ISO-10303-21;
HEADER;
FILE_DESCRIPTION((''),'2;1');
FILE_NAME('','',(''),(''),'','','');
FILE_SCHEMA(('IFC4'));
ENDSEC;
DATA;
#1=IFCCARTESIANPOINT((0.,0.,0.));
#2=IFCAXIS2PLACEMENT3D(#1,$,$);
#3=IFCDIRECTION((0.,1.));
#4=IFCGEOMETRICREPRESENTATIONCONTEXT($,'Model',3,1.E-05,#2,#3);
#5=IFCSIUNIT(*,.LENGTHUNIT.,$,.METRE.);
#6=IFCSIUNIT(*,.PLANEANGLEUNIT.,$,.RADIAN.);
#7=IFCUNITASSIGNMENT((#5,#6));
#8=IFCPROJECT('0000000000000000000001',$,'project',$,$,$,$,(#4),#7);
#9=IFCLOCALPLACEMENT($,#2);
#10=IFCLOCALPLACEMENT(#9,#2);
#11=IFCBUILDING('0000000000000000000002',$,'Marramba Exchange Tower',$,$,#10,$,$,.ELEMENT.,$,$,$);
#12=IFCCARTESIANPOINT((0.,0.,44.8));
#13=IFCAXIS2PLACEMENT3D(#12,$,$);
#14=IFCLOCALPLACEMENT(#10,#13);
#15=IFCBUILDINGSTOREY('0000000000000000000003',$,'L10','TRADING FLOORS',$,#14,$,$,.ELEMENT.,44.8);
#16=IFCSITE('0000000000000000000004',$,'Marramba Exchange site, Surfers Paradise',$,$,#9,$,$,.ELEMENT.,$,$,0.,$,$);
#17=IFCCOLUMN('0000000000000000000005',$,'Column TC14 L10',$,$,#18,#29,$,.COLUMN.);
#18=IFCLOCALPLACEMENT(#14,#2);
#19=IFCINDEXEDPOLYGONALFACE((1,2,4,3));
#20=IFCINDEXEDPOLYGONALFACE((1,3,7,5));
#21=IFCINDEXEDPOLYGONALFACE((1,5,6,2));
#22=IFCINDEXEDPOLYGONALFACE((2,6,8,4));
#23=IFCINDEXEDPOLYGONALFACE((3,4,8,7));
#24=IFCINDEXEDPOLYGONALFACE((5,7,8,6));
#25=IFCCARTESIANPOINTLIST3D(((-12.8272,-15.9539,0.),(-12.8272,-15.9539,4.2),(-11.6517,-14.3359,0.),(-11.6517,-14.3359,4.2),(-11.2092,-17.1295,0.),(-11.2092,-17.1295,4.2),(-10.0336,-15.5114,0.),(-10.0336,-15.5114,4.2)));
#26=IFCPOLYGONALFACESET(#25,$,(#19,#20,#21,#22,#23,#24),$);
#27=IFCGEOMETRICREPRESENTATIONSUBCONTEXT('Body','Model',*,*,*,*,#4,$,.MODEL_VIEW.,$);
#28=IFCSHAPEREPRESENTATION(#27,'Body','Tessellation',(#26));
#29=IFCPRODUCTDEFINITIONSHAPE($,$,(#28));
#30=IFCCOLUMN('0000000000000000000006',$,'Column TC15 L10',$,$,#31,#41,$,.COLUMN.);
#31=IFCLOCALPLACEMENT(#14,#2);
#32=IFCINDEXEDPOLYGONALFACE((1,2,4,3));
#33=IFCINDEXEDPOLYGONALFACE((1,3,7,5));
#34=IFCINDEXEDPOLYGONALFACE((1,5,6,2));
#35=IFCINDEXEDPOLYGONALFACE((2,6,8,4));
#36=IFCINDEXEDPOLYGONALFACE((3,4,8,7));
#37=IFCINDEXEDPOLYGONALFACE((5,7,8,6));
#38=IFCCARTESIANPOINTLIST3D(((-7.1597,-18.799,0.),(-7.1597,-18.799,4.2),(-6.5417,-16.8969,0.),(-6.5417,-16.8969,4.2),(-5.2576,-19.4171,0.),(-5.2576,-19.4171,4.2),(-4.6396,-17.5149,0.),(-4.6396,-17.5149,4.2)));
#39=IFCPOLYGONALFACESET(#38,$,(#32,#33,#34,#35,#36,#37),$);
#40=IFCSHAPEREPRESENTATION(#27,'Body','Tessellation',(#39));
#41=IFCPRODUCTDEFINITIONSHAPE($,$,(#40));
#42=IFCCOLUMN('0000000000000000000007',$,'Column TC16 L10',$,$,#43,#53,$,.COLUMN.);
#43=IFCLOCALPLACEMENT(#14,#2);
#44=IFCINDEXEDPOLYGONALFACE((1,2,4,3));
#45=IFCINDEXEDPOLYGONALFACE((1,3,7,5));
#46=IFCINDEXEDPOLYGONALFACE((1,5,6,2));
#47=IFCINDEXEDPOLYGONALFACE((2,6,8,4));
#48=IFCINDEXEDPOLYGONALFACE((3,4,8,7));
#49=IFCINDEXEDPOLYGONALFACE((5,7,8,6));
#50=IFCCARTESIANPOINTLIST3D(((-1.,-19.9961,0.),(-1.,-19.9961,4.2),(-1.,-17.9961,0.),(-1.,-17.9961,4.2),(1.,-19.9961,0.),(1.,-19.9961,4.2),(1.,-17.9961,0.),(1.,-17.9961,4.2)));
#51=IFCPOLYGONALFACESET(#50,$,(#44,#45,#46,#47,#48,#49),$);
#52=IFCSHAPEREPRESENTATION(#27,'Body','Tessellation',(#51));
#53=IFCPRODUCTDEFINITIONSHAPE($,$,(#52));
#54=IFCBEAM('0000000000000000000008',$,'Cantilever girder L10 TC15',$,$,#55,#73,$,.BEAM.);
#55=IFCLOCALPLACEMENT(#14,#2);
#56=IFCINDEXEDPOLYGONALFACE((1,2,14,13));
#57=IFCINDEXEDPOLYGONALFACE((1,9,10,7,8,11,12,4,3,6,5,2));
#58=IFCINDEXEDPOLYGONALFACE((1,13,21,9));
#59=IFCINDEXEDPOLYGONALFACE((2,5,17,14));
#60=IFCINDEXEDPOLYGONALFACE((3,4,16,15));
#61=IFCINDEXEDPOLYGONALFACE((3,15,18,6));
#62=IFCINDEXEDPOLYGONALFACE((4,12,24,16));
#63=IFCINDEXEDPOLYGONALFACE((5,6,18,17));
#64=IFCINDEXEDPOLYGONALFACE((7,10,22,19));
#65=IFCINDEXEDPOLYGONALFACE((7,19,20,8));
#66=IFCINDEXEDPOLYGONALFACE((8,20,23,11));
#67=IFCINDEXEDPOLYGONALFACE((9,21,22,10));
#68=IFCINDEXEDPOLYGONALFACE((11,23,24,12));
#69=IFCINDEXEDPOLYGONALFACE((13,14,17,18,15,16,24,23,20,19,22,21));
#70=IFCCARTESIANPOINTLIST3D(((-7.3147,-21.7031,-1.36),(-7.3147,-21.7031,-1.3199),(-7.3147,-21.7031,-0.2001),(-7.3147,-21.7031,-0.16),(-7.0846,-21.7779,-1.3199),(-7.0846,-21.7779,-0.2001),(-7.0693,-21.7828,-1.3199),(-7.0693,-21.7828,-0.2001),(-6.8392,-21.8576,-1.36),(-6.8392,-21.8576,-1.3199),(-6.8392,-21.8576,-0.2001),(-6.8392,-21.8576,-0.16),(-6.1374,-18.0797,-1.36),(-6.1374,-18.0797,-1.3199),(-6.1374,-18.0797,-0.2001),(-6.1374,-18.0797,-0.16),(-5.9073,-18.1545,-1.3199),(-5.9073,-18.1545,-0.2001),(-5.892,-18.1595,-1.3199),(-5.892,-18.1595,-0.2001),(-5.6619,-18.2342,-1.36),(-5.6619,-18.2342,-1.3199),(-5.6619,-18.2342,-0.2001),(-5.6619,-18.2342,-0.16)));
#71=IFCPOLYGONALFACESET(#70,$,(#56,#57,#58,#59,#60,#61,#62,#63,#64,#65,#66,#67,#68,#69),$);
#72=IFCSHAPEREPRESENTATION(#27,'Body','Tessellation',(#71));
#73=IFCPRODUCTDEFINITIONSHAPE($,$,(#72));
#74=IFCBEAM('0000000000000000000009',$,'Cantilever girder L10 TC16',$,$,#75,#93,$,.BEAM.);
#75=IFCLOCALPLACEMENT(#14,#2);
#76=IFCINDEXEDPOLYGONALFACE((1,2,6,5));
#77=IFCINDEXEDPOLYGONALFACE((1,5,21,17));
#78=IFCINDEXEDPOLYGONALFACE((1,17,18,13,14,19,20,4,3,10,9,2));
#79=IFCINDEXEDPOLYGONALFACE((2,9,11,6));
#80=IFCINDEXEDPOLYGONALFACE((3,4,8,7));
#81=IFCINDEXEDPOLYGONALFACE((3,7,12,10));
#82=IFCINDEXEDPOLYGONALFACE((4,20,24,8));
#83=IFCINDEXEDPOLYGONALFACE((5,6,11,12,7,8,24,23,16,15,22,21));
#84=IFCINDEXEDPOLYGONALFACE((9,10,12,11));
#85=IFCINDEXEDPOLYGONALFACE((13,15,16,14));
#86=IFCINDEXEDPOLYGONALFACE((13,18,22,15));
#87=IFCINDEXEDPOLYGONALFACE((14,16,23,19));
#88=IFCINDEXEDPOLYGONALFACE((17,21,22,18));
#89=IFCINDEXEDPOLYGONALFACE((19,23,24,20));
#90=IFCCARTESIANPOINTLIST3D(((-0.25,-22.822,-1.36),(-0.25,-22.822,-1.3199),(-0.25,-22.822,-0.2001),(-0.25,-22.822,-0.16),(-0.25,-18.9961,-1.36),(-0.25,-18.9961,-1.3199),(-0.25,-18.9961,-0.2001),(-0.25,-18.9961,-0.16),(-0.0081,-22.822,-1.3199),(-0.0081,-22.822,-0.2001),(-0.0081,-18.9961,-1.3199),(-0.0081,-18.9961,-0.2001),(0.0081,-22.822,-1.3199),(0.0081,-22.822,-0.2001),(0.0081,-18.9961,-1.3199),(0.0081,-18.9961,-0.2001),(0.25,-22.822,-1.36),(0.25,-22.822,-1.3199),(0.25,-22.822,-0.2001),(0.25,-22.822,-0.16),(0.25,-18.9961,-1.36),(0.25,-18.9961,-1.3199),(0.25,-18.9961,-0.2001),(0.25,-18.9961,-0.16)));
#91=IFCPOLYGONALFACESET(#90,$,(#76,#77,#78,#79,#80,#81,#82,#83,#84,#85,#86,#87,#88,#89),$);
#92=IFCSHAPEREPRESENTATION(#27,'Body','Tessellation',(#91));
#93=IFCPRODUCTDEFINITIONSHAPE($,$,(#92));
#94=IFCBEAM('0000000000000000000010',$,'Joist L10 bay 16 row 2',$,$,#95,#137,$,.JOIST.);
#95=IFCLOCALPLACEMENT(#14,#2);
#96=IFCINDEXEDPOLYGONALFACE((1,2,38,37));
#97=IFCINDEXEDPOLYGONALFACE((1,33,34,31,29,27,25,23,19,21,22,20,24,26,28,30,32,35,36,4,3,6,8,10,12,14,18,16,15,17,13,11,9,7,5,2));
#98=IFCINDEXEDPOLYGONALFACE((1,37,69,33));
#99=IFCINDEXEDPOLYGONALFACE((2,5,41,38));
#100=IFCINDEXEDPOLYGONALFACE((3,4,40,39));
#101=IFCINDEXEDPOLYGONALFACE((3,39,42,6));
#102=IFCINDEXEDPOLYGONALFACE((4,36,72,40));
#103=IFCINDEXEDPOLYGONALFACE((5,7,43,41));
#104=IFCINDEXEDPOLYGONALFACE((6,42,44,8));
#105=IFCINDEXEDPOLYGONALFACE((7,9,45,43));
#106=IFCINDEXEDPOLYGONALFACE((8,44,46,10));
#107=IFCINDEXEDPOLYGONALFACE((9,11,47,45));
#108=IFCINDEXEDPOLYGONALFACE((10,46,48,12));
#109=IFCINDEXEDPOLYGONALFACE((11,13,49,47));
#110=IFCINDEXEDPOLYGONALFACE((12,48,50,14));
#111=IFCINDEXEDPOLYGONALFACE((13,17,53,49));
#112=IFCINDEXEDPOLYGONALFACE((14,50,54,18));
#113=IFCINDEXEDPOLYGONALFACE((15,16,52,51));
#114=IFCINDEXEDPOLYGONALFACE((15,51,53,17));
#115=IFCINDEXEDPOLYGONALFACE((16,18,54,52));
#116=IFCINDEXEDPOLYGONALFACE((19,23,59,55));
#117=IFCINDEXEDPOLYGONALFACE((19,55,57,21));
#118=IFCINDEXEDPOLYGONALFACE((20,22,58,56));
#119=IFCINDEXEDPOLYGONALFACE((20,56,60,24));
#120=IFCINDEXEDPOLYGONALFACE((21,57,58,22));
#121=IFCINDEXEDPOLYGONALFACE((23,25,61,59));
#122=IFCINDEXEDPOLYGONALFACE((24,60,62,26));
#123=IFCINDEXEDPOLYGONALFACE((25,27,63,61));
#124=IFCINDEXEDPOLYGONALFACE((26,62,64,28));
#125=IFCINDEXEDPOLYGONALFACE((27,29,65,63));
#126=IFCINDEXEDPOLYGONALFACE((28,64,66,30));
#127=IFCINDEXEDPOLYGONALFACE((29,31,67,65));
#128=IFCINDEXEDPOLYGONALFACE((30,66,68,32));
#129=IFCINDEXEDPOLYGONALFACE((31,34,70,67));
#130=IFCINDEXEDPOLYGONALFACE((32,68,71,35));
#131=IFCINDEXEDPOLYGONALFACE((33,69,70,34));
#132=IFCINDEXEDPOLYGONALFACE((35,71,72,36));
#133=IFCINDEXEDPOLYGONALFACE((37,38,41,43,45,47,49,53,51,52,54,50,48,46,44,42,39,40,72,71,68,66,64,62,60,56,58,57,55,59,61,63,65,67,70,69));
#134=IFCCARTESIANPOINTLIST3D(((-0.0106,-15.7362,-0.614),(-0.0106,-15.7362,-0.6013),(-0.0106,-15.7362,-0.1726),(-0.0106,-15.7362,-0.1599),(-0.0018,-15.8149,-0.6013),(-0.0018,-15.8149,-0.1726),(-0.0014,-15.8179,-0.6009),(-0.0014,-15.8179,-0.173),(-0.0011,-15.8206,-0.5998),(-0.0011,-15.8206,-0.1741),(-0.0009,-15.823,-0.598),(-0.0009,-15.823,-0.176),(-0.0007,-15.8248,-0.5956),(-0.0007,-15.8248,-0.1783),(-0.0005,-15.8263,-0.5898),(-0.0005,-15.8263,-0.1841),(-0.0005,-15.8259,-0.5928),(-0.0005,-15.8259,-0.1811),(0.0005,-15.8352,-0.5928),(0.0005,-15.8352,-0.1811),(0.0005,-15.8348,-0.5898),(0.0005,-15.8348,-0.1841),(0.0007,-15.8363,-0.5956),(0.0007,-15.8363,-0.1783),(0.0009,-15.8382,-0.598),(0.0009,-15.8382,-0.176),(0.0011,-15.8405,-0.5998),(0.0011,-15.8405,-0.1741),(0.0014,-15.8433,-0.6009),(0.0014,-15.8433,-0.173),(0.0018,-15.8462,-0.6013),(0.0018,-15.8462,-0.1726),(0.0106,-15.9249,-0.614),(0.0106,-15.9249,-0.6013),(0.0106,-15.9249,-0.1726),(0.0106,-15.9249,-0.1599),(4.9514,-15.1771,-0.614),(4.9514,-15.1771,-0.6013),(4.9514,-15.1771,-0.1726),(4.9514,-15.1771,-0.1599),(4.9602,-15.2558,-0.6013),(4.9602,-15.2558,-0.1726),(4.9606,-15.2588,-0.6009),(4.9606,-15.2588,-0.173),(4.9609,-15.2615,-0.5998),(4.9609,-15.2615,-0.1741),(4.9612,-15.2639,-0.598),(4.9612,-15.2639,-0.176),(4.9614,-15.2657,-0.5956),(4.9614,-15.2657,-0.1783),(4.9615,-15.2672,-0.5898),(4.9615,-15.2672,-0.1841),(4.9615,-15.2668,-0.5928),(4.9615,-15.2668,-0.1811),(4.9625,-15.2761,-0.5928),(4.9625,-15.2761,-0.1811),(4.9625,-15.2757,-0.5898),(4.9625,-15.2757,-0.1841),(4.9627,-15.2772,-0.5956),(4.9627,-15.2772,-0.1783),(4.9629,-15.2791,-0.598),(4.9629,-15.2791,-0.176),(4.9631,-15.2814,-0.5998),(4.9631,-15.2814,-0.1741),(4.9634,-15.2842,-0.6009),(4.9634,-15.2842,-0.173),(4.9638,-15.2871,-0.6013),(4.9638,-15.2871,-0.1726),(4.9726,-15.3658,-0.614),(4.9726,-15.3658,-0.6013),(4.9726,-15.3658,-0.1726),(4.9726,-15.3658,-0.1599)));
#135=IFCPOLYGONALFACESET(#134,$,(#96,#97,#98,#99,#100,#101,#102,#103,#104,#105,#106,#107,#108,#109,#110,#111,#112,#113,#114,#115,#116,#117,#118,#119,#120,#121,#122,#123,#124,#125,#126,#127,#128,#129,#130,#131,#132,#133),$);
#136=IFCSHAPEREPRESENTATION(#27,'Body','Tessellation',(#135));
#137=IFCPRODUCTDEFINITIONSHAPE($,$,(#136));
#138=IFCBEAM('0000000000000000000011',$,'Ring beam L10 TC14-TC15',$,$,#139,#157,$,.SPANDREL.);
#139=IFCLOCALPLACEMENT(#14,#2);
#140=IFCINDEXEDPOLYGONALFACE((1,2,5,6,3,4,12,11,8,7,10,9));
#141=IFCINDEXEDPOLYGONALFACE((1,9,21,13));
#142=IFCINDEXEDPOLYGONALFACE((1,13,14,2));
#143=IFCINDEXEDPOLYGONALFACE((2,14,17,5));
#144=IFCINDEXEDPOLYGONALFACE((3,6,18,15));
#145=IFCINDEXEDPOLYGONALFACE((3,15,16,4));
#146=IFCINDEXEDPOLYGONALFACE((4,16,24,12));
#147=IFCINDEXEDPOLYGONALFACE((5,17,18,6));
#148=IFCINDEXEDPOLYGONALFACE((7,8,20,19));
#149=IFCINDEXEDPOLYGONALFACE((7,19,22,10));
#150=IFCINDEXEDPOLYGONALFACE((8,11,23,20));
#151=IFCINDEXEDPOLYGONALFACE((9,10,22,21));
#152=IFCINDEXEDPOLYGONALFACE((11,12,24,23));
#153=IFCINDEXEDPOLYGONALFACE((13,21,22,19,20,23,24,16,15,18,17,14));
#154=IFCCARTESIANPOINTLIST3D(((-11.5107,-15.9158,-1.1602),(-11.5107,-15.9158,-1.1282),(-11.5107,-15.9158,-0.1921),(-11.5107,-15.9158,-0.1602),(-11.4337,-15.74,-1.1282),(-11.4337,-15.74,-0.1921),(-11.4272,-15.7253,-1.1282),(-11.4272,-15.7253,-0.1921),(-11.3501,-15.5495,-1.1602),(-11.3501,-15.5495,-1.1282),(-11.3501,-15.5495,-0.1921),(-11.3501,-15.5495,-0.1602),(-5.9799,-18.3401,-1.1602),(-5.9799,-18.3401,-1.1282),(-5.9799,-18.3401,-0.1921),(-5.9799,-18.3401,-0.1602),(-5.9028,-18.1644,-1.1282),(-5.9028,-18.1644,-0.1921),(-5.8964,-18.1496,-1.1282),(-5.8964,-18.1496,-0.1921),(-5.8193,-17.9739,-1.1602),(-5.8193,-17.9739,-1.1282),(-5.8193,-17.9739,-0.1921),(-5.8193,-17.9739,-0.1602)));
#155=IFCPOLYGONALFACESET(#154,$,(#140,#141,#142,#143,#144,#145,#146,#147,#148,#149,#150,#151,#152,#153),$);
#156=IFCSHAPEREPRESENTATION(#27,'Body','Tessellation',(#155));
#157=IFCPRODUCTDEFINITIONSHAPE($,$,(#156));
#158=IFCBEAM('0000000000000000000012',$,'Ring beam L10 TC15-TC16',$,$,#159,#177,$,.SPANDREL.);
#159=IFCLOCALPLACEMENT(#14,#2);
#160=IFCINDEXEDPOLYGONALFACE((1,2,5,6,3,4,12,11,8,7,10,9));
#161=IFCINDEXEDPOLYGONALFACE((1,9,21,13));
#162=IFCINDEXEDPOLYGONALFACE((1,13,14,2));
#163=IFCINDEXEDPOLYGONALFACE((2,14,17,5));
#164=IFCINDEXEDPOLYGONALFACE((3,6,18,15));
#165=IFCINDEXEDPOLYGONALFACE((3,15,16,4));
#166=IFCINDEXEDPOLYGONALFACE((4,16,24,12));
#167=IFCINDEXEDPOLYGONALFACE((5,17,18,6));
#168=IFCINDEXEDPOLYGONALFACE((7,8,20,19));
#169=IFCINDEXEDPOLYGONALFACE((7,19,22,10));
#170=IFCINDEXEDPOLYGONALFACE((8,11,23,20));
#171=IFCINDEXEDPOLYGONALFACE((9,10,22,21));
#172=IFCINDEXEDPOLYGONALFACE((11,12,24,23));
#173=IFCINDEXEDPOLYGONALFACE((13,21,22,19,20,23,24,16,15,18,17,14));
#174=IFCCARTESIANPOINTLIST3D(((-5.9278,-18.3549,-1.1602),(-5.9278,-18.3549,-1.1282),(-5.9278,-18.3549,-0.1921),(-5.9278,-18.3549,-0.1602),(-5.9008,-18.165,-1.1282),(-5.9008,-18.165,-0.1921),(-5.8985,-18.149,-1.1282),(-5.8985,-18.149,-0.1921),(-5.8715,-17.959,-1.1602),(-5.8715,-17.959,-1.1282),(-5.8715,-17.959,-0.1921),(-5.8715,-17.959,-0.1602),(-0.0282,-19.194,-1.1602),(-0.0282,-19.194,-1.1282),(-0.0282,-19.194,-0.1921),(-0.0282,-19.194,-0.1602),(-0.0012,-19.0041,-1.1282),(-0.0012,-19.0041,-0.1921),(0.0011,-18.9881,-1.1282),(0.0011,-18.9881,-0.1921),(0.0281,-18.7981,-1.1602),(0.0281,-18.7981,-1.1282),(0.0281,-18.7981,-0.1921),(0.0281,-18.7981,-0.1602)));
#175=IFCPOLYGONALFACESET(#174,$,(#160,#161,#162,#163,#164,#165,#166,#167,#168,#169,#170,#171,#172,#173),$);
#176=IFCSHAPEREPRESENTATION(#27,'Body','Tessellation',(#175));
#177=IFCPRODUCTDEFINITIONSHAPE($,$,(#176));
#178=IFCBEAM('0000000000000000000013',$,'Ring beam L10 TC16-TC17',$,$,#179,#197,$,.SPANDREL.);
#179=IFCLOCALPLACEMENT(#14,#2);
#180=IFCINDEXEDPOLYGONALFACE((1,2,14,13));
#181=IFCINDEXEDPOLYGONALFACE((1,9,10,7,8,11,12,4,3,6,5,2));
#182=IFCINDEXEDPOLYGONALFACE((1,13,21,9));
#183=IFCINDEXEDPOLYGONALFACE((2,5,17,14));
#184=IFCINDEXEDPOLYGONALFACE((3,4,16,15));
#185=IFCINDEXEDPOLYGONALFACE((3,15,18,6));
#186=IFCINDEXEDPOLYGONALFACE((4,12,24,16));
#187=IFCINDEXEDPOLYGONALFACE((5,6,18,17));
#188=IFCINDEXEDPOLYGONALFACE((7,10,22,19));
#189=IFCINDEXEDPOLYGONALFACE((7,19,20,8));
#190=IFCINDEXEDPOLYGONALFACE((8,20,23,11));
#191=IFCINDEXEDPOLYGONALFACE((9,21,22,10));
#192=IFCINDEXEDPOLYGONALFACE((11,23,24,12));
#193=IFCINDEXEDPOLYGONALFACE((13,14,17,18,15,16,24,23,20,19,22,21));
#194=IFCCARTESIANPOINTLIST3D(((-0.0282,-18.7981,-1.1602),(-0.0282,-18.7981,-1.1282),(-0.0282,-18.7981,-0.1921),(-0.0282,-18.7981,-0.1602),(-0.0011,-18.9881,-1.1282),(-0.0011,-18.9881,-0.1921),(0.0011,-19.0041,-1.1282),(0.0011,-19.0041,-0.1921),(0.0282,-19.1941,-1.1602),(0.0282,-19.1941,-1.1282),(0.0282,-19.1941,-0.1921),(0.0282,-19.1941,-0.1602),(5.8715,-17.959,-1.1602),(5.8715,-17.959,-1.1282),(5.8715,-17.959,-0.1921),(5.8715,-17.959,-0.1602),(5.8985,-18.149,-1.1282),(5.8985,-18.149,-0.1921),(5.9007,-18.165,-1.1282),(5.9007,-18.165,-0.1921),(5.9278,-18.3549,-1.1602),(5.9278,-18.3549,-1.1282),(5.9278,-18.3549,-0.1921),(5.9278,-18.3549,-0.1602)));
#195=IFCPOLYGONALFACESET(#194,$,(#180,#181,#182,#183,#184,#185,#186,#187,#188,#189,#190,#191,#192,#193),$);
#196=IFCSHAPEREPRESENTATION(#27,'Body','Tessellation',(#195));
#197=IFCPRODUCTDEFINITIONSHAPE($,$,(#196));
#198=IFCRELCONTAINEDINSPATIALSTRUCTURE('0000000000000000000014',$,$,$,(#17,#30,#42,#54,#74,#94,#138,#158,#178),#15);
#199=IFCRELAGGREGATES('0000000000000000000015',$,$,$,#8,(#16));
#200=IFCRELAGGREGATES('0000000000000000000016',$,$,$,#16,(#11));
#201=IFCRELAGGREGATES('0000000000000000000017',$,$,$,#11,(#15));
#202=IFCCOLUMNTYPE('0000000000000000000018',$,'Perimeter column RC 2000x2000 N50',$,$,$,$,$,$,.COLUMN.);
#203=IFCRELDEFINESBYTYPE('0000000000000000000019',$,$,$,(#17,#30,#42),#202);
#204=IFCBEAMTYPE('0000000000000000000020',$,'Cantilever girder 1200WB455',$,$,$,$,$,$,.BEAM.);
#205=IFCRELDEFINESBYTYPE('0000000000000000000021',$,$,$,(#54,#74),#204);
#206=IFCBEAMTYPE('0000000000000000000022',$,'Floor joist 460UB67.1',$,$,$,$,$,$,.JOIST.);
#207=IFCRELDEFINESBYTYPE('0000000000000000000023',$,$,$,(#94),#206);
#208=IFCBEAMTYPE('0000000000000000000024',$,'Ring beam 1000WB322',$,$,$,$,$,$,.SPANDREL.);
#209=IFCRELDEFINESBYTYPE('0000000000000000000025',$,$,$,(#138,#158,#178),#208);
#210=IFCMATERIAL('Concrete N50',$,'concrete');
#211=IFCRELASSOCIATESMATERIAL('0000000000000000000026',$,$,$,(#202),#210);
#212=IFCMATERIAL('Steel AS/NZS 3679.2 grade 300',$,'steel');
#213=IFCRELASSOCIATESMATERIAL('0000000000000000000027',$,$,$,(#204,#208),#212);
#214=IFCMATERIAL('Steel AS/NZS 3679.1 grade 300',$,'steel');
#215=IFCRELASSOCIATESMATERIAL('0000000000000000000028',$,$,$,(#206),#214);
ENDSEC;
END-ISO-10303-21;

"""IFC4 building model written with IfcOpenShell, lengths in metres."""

from ifc_helpers import new_model, si_unit, direction, frame, origin, origin_2d, place, context, subcontext, project, spatial, rectangle, i_section, extrude, material, material_profile, profile_set, type_object, element, save


model = new_model("IFC4")

# Units and contexts
model_context = context("Model", 3, precision=1e-05, world=origin(), true_north=direction((0.0, 1.0)))
body_context = subcontext(model_context, "Body", "Model", "MODEL_VIEW")
ifc_project = project(units=[si_unit("LENGTHUNIT", "METRE"), si_unit("PLANEANGLEUNIT", "RADIAN")], contexts=[model_context])

# Site, building, storey
site_placement = place(None, origin())
site = spatial("IfcSite", under=ifc_project, at=site_placement, Name="Marramba Exchange site, Surfers Paradise", CompositionType="ELEMENT", RefElevation=0.0)
building_placement = place(site_placement, origin())
building = spatial("IfcBuilding", under=site, at=building_placement, Name="Marramba Exchange Tower", CompositionType="ELEMENT")
storey_placement = place(building_placement, frame((0.0, 0.0, 44.8)))
storey = spatial("IfcBuildingStorey", under=building, at=storey_placement, Name="L10", Description="TRADING FLOORS", CompositionType="ELEMENT", Elevation=44.8)

# Columns
ifc_material_1 = material(Name="Concrete N50", Category="concrete")
ifc_material_profile_1 = material_profile(ifc_material_1, rectangle(XDim=2.0, YDim=2.0, at=origin_2d()), Name="RC 2000x2000")
ifc_profile_set_1 = profile_set([ifc_material_profile_1], Name="Concrete N50")
column_type = type_object("IfcColumnType", Name="Perimeter column RC 2000x2000 N50", PredefinedType="COLUMN", material=ifc_profile_set_1)
for number, where, z_axis, x_axis, name in (
    (1, (-11.4304, -15.7327, 0.0), (0.0, 0.0, 1.0), (-0.587785, -0.809017, 0.0), "Column TC14 L10"),
    (2, (-5.8997, -18.157, 0.0), (0.0, 0.0, 1.0), (-0.309017, -0.951057, 0.0), "Column TC15 L10"),
    (3, (0.0, -18.9961, 0.0), (0.0, 0.0, 1.0), (0.0, -1.0, 0.0), "Column TC16 L10"),
):
    element("IfcColumn", number, at=place(storey_placement, frame(where, z_axis=z_axis, x_axis=x_axis)), inside=storey, type_object=column_type, Name=name, PredefinedType="COLUMN", context=body_context, shape_type="SweptSolid", body=[
        extrude(rectangle(XDim=2.0, YDim=2.0, at=origin_2d()), origin(), (0.0, 0.0, 1.0), 4.2),
    ])

# Beams
ifc_material_2 = material(Name="Steel AS/NZS 3679.2 grade 300", Category="steel")
ifc_material_profile_2 = material_profile(ifc_material_2, i_section(OverallWidth=0.5, OverallDepth=1.2, WebThickness=0.0161, FlangeThickness=0.04, at=origin_2d()), Name="1200WB455")
ifc_profile_set_2 = profile_set([ifc_material_profile_2], Name="Steel AS/NZS 3679.2 grade 300")
beam_type_1 = type_object("IfcBeamType", Name="Cantilever girder 1200WB455", PredefinedType="BEAM", material=ifc_profile_set_2)
beam_1_placement = place(storey_placement, frame((-5.8997, -18.157, -0.76), z_axis=(-0.309009, -0.951059, 0.0), x_axis=(0.951059, -0.309009, 0.0)))
element("IfcBeam", 4, at=beam_1_placement, inside=storey, type_object=beam_type_1, Name="Cantilever girder L10 TC15", PredefinedType="BEAM", context=body_context, shape_type="SweptSolid", body=[
    extrude(i_section(OverallWidth=0.5, OverallDepth=1.2, WebThickness=0.0161, FlangeThickness=0.04, at=origin_2d()), origin(), (0.0, 0.0, 1.0), 3.8098),
])
beam_2_placement = place(storey_placement, frame((0.0, -18.9961, -0.76), z_axis=(0.0, -1.0, 0.0), x_axis=(1.0, 0.0, 0.0)))
element("IfcBeam", 5, at=beam_2_placement, inside=storey, type_object=beam_type_1, Name="Cantilever girder L10 TC16", PredefinedType="BEAM", context=body_context, shape_type="SweptSolid", body=[
    extrude(i_section(OverallWidth=0.5, OverallDepth=1.2, WebThickness=0.0161, FlangeThickness=0.04, at=origin_2d()), origin(), (0.0, 0.0, 1.0), 3.8259),
])
ifc_material_3 = material(Name="Steel AS/NZS 3679.1 grade 300", Category="steel")
ifc_material_profile_3 = material_profile(ifc_material_3, i_section(OverallWidth=0.1899, OverallDepth=0.4541, WebThickness=0.0085, FlangeThickness=0.0127, FilletRadius=0.0115, at=origin_2d()), Name="460UB67.1")
ifc_profile_set_3 = profile_set([ifc_material_profile_3], Name="Steel AS/NZS 3679.1 grade 300")
beam_type_2 = type_object("IfcBeamType", Name="Floor joist 460UB67.1", PredefinedType="JOIST", material=ifc_profile_set_3)
beam_3_placement = place(storey_placement, frame((0.0, -15.8306, -0.387), z_axis=(0.993712, 0.111966, 0.0), x_axis=(-0.111966, 0.993712, 0.0)))
element("IfcBeam", 6, at=beam_3_placement, inside=storey, type_object=beam_type_2, Name="Joist L10 bay 16 row 2", PredefinedType="JOIST", context=body_context, shape_type="SweptSolid", body=[
    extrude(i_section(OverallWidth=0.1899, OverallDepth=0.4541, WebThickness=0.0085, FlangeThickness=0.0127, FilletRadius=0.0115, at=origin_2d()), origin(), (0.0, 0.0, 1.0), 4.9934),
])
ifc_material_profile_4 = material_profile(ifc_material_2, i_section(OverallWidth=0.3999, OverallDepth=1.0, WebThickness=0.0161, FlangeThickness=0.032, at=origin_2d()), Name="1000WB322")
ifc_profile_set_4 = profile_set([ifc_material_profile_4], Name="Steel AS/NZS 3679.2 grade 300")
beam_type_3 = type_object("IfcBeamType", Name="Ring beam 1000WB322", PredefinedType="SPANDREL", material=ifc_profile_set_4)
beam_4_placement = place(storey_placement, frame((-11.4304, -15.7327, -0.6602), z_axis=(0.915877, -0.401459, 0.0), x_axis=(0.401459, 0.915877, 0.0)))
element("IfcBeam", 7, at=beam_4_placement, inside=storey, type_object=beam_type_3, Name="Ring beam L10 TC14-TC15", PredefinedType="SPANDREL", context=body_context, shape_type="SweptSolid", body=[
    extrude(i_section(OverallWidth=0.3999, OverallDepth=1.0, WebThickness=0.0161, FlangeThickness=0.032, at=origin_2d()), origin(), (0.0, 0.0, 1.0), 6.0388),
])
for number, where, z_axis, x_axis, name in (
    (8, (-5.8997, -18.157, -0.6602), (0.990036, -0.140813, 0.0), (0.140813, 0.990036, 0.0), "Ring beam L10 TC15-TC16"),
    (9, (0.0, -18.9961, -0.6602), (0.990036, 0.140813, 0.0), (-0.140813, 0.990036, 0.0), "Ring beam L10 TC16-TC17"),
):
    element("IfcBeam", number, at=place(storey_placement, frame(where, z_axis=z_axis, x_axis=x_axis)), inside=storey, type_object=beam_type_3, Name=name, PredefinedType="SPANDREL", context=body_context, shape_type="SweptSolid", body=[
        extrude(i_section(OverallWidth=0.3999, OverallDepth=1.0, WebThickness=0.0161, FlangeThickness=0.032, at=origin_2d()), origin(), (0.0, 0.0, 1.0), 5.959),
    ])

save(model, "model.ifc")
